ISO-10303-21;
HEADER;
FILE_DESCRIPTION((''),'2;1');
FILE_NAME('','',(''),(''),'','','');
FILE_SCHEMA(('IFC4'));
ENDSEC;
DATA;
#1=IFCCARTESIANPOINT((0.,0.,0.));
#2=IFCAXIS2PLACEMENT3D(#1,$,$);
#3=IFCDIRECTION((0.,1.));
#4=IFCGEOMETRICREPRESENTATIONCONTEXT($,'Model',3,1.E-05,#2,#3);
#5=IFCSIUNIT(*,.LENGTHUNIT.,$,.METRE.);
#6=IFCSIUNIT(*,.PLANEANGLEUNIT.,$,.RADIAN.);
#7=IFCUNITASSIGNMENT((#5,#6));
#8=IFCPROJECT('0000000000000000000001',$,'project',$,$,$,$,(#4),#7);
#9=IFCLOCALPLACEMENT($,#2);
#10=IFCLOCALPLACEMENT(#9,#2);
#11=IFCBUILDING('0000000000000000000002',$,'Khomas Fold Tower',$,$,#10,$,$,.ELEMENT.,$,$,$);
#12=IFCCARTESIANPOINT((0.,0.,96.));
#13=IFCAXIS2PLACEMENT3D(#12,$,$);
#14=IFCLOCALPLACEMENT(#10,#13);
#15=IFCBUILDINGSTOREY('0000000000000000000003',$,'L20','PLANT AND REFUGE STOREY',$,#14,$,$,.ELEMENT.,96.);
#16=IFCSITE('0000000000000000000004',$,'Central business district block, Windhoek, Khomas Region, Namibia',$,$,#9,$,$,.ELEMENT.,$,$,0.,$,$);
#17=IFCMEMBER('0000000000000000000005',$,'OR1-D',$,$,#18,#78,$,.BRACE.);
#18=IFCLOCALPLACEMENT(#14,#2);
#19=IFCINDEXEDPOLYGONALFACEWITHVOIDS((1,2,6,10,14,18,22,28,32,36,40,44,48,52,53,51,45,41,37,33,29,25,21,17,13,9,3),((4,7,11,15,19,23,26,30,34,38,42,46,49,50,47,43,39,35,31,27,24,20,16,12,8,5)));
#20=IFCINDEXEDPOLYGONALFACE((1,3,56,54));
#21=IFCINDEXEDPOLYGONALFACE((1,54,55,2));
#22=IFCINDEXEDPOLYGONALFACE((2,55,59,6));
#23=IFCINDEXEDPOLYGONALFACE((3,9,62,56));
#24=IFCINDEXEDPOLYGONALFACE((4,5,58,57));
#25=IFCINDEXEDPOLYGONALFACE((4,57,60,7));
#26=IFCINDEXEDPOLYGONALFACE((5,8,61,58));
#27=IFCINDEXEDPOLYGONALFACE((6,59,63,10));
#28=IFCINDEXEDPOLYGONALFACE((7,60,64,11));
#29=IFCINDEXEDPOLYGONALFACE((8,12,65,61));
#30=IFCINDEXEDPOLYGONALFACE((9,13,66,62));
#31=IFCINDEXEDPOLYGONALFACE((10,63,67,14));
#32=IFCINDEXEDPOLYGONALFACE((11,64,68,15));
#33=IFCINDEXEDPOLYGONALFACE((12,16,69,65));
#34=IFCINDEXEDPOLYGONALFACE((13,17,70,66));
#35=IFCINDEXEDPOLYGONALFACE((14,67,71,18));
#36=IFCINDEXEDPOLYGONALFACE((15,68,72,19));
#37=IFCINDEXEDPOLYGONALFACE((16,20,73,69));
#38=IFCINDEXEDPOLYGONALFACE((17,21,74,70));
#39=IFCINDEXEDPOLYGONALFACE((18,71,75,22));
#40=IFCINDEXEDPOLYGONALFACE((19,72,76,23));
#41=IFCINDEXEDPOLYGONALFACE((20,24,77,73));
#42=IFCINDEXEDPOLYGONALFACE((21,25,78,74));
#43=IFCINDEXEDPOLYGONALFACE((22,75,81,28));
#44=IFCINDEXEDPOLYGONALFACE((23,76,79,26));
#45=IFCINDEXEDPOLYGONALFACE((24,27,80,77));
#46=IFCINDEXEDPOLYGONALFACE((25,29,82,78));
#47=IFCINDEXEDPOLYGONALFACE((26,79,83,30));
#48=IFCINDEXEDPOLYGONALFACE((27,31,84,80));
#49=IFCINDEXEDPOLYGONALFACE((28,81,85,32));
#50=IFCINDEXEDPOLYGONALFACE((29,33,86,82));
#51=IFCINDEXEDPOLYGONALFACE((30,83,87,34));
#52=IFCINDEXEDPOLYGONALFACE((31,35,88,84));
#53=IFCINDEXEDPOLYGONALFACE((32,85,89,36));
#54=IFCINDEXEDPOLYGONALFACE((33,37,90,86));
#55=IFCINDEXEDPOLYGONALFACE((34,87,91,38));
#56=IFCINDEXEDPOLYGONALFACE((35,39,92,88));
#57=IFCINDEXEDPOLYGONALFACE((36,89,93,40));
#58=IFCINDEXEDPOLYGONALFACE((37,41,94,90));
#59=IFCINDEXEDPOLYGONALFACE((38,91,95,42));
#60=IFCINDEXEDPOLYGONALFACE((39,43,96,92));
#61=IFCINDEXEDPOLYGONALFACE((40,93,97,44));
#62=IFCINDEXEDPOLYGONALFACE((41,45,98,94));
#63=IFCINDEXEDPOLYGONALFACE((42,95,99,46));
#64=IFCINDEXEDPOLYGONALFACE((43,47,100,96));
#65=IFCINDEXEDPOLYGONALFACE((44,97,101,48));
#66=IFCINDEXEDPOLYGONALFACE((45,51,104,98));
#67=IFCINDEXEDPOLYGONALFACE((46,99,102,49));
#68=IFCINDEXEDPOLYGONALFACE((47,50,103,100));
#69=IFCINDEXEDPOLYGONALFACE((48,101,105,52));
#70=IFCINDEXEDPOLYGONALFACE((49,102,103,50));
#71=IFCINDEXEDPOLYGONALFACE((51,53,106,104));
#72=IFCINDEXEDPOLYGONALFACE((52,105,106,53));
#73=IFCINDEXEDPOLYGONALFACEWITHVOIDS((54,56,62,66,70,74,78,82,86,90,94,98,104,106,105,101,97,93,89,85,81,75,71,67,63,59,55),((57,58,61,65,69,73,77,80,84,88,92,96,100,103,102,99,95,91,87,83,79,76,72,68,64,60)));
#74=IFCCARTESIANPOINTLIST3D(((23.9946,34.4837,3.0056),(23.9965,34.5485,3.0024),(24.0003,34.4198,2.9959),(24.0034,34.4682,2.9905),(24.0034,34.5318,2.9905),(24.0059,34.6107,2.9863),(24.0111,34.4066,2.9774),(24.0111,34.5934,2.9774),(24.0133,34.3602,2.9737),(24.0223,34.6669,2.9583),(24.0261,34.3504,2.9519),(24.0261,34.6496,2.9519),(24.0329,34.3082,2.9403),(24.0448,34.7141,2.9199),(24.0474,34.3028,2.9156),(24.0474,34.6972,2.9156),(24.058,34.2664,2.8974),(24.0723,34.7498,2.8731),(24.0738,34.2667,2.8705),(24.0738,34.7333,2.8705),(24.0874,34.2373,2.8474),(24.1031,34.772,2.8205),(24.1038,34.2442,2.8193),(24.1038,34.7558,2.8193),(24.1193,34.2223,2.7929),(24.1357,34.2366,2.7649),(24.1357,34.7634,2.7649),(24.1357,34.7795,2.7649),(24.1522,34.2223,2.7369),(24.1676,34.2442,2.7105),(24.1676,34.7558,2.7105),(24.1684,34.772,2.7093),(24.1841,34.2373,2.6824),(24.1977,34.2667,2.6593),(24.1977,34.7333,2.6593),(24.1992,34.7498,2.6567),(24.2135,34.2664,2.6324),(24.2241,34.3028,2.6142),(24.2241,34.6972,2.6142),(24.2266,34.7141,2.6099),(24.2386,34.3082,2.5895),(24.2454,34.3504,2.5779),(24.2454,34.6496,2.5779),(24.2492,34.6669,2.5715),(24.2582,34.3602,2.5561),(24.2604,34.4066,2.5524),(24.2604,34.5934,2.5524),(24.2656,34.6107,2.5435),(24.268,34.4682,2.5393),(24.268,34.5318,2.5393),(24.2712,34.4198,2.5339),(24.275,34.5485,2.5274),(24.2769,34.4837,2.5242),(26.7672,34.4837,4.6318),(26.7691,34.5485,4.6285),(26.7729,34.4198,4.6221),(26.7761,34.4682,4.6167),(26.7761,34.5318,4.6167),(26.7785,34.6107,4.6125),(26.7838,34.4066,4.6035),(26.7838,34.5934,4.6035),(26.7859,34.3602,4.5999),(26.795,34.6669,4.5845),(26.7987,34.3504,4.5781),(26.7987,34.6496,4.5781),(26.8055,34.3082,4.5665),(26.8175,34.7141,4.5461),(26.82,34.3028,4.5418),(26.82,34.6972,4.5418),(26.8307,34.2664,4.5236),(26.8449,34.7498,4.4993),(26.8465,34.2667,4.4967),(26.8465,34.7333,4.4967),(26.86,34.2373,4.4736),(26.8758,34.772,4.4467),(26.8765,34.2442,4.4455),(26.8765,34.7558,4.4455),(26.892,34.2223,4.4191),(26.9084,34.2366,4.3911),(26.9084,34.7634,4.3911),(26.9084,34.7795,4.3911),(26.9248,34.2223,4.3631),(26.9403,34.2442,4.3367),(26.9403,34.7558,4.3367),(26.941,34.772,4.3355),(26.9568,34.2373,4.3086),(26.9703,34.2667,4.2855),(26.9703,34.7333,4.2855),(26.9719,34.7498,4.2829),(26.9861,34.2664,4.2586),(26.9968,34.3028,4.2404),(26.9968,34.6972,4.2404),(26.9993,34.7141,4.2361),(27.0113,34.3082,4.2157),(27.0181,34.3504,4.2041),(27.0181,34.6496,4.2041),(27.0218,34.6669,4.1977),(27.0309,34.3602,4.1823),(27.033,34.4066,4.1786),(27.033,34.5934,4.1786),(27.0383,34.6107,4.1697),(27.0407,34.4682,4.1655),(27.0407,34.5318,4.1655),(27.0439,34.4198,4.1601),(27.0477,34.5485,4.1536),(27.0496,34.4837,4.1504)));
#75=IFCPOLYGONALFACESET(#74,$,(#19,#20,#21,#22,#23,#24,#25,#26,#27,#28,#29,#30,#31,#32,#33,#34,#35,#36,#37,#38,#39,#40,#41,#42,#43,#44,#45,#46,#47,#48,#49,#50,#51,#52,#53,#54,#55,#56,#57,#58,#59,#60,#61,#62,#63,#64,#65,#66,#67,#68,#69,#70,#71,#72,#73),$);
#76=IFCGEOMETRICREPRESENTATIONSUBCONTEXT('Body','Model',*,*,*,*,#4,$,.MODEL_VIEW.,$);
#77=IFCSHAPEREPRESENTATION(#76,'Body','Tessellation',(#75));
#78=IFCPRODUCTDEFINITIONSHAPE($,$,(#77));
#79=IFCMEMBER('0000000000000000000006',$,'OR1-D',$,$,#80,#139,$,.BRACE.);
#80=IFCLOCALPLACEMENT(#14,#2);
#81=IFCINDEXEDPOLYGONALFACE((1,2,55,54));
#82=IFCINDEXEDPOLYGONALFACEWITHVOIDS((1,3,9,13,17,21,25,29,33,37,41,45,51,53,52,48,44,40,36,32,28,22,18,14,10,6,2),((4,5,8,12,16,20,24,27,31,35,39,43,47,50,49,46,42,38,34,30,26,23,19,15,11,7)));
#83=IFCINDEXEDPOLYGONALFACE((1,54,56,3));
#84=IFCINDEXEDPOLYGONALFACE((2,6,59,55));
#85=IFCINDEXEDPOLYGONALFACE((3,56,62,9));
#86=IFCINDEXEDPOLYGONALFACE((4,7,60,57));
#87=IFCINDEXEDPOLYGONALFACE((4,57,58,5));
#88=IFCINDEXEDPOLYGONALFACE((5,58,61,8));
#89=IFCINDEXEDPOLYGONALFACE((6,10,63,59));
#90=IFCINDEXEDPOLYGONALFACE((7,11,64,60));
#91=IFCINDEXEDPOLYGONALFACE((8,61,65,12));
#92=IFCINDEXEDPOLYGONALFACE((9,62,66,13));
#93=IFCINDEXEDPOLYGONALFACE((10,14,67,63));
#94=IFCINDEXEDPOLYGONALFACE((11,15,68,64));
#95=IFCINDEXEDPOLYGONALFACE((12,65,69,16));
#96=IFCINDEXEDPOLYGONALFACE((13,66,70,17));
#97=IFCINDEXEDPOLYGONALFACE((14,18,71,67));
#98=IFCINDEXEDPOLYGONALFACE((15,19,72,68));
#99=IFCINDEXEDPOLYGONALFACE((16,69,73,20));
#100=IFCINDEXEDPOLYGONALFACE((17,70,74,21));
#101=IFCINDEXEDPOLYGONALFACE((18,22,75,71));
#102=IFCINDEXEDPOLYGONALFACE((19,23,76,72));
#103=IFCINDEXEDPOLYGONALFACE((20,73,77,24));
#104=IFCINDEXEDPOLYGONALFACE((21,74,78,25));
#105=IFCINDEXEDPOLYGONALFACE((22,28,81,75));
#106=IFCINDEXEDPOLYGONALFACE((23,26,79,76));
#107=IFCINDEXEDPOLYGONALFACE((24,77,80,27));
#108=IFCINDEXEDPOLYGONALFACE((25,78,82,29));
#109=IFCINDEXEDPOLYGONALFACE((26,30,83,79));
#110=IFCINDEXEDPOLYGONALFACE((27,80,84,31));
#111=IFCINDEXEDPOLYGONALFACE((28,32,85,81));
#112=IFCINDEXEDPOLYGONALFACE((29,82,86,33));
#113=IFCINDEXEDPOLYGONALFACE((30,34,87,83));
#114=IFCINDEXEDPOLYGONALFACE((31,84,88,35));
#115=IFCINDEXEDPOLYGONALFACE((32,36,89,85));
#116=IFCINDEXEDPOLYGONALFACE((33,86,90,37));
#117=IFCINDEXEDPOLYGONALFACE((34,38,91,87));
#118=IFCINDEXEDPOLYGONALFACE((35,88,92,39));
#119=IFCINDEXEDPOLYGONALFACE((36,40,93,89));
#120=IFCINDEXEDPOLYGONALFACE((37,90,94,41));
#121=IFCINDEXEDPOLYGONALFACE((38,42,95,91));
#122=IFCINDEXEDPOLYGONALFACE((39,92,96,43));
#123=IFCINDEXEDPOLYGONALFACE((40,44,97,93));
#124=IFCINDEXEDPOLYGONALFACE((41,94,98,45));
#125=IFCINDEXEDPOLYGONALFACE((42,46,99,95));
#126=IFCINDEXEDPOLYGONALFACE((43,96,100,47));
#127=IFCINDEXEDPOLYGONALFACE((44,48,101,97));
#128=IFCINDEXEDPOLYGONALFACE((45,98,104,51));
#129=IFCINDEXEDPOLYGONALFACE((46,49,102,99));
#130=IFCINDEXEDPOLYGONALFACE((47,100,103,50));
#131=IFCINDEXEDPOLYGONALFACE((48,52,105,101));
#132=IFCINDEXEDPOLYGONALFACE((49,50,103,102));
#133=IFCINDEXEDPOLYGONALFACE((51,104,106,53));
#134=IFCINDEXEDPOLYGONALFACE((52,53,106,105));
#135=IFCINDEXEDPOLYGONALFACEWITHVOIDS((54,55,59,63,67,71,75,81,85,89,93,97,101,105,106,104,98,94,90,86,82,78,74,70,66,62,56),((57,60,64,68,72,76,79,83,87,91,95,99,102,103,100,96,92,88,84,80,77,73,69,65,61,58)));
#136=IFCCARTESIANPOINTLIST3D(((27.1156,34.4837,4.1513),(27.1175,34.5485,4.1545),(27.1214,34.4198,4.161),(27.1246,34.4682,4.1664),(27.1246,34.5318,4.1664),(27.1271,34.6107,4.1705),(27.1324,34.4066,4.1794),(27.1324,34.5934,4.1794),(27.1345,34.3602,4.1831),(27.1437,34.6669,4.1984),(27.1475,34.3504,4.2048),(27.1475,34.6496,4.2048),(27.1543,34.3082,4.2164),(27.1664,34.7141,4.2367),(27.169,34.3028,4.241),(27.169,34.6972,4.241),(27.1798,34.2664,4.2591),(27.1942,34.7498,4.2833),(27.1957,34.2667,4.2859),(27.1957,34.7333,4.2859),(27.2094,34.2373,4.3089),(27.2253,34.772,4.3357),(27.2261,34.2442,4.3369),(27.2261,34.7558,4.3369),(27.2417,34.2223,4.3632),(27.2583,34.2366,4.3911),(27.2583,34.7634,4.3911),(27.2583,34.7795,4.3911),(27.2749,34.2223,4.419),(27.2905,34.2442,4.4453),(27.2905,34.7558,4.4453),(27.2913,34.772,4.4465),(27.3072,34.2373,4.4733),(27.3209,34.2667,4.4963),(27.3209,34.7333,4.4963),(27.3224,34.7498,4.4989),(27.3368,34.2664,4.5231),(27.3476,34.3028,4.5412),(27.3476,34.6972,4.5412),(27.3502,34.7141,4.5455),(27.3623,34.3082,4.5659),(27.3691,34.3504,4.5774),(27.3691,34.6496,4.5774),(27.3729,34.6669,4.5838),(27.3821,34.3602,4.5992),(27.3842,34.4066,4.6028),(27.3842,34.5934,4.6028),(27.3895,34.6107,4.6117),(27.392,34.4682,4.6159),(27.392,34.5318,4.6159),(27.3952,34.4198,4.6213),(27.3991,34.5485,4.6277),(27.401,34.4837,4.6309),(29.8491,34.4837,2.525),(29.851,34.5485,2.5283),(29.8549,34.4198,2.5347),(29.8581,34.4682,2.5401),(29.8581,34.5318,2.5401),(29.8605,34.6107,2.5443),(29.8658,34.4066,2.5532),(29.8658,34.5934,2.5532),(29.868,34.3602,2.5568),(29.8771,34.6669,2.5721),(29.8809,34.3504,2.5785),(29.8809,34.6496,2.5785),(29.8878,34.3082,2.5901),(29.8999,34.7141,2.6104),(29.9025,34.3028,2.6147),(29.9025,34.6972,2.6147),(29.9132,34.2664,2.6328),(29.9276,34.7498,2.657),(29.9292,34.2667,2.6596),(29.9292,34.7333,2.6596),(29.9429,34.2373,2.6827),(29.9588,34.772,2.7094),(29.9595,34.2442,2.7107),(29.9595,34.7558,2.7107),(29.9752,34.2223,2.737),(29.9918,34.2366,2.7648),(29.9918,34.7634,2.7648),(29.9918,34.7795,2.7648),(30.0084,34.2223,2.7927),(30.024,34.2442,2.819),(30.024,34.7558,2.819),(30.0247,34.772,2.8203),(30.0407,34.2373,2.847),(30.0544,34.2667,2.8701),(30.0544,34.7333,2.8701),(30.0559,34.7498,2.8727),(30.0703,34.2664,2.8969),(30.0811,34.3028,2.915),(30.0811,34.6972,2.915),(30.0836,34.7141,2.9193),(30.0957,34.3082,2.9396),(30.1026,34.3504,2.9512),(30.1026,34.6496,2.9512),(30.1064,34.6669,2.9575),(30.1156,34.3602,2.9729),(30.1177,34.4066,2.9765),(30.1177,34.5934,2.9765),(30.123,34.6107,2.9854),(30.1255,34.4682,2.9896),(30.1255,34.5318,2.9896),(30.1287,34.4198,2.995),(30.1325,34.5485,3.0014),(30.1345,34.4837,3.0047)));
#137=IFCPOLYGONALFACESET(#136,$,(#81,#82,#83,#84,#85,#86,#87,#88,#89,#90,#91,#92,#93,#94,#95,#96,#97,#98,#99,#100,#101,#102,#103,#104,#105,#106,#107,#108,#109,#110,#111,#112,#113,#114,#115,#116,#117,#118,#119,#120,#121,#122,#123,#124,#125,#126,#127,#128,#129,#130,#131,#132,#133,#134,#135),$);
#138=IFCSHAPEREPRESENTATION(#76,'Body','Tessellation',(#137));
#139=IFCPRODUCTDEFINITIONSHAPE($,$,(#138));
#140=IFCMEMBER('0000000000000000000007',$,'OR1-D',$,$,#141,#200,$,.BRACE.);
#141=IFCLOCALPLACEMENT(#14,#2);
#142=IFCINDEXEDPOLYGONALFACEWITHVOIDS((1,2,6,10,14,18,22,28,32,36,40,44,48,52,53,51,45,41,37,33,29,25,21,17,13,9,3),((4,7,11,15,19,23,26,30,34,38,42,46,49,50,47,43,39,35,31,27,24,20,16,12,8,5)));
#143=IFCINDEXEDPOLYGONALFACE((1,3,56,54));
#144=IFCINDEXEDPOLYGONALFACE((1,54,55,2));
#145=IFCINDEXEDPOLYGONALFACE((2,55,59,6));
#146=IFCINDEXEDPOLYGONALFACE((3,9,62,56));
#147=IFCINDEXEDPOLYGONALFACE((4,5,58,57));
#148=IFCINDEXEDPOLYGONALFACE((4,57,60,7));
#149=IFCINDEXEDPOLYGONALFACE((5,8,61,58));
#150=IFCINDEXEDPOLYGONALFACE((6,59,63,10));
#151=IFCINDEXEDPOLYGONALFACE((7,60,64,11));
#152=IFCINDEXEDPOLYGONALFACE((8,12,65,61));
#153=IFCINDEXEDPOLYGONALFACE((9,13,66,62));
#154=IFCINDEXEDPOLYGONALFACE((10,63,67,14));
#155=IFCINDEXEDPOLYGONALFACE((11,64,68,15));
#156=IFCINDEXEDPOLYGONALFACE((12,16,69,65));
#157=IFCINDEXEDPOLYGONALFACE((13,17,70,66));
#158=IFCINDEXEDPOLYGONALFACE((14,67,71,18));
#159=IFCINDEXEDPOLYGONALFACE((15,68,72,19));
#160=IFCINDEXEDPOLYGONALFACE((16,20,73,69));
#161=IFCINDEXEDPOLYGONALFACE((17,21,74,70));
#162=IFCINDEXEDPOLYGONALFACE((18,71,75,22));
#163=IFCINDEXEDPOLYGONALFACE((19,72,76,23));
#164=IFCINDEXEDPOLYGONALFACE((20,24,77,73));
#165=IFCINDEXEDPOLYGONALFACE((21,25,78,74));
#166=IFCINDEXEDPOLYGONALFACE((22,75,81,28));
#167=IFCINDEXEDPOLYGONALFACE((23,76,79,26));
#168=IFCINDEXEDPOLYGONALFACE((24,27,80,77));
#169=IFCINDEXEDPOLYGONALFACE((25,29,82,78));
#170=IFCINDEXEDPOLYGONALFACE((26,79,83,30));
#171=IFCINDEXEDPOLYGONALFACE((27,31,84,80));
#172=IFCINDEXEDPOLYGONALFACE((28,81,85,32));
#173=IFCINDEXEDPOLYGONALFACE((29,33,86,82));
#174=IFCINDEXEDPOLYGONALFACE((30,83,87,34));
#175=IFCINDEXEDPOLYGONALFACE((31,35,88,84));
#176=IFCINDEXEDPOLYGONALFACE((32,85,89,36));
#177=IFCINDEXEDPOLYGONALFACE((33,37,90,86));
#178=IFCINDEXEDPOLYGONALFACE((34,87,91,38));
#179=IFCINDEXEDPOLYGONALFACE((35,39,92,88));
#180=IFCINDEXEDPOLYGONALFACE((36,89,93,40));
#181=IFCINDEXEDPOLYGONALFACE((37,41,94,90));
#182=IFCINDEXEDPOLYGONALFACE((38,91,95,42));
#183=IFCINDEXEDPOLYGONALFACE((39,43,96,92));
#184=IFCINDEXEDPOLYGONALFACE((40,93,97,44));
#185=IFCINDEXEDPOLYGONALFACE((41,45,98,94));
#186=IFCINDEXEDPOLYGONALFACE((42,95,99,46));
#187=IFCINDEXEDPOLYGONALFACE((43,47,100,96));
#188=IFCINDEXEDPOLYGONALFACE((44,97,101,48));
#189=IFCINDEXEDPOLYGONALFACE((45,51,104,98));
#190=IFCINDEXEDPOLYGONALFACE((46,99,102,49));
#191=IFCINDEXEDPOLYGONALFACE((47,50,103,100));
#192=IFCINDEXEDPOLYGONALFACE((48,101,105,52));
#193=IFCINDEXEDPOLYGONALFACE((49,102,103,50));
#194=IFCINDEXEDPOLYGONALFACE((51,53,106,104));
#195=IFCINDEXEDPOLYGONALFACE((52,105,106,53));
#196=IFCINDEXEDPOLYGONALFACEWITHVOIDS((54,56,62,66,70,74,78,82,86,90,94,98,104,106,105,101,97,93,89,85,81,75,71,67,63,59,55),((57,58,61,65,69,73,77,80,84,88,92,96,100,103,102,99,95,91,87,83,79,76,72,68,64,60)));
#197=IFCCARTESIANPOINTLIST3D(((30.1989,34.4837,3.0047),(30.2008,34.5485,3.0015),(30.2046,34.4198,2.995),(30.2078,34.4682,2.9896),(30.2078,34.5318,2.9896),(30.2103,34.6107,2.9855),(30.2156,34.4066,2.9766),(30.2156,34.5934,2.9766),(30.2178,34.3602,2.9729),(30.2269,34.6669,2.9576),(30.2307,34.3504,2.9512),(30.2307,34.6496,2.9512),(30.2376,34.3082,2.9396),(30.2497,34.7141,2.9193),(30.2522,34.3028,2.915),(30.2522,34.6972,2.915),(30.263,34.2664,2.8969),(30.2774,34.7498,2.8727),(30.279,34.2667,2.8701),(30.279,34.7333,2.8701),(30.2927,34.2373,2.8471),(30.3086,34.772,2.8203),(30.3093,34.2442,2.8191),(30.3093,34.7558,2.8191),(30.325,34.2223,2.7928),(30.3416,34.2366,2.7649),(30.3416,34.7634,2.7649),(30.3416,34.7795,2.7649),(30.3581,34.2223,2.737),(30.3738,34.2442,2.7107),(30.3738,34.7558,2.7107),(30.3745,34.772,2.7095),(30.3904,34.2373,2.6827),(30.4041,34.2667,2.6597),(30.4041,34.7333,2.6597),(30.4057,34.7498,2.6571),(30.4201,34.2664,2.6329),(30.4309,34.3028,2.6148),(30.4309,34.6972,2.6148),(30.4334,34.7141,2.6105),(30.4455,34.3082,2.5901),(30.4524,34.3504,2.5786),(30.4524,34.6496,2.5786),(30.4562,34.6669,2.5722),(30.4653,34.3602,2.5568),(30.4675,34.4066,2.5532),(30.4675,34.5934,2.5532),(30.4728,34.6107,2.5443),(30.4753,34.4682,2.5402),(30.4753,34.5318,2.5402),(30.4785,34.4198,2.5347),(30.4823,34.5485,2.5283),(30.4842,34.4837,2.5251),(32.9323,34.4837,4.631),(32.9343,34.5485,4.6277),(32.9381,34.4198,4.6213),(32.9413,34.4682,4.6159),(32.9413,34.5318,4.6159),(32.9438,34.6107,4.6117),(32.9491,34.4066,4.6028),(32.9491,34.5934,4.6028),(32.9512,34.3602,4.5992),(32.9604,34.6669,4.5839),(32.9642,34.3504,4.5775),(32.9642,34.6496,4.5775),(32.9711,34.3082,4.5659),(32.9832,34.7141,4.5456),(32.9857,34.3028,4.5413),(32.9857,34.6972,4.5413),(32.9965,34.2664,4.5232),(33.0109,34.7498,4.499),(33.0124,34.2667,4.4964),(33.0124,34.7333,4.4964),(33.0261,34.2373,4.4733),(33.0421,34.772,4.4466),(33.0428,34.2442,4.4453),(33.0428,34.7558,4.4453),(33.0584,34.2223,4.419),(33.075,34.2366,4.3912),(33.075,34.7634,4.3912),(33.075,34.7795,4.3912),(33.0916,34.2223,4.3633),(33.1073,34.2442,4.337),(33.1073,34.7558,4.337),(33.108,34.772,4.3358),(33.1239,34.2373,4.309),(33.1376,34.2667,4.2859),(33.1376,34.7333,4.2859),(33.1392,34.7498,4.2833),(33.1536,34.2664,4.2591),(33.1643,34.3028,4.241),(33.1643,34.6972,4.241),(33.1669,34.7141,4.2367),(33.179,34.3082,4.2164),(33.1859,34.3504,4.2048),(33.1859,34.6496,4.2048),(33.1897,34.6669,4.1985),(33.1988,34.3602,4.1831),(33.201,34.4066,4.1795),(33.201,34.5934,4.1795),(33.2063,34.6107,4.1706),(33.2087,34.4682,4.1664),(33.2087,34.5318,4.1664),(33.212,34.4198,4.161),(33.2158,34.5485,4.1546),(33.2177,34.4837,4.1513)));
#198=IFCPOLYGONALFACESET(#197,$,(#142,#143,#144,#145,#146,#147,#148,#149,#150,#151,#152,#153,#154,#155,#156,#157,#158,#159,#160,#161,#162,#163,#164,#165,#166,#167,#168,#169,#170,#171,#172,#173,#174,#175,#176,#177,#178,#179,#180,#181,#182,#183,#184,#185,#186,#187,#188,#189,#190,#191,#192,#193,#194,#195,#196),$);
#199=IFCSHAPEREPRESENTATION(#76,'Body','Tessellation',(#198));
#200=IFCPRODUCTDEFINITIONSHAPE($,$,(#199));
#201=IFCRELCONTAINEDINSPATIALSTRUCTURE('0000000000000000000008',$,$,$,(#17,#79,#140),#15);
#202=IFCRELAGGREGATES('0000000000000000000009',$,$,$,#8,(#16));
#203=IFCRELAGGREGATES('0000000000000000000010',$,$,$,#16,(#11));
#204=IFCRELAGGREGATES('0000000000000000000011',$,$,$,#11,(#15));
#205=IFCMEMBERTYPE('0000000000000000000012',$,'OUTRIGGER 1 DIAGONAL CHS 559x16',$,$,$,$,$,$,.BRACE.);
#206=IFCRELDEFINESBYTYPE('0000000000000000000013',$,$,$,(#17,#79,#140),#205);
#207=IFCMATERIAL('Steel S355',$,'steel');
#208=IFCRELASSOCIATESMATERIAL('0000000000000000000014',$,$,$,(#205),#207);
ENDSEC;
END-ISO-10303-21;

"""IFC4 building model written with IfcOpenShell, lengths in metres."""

from ifc_helpers import new_model, si_unit, direction, frame, origin, origin_2d, place, context, subcontext, project, spatial, hollow_circle, extrude, source, transform, mapped, material, material_profile, profile_set, type_object, element, save


model = new_model("IFC4")

# Units and contexts
model_context = context("Model", 3, precision=1e-05, world=origin(), true_north=direction((0.0, 1.0)))
body_context = subcontext(model_context, "Body", "Model", "MODEL_VIEW")
ifc_project = project(units=[si_unit("LENGTHUNIT", "METRE"), si_unit("PLANEANGLEUNIT", "RADIAN")], contexts=[model_context])

# Site, building, storey
site_placement = place(None, origin())
site = spatial("IfcSite", under=ifc_project, at=site_placement, Name="Central business district block, Windhoek, Khomas Region, Namibia", CompositionType="ELEMENT", RefElevation=0.0)
building_placement = place(site_placement, origin())
building = spatial("IfcBuilding", under=site, at=building_placement, Name="Khomas Fold Tower", CompositionType="ELEMENT")
storey_placement = place(building_placement, frame((0.0, 0.0, 96.0)))
storey = spatial("IfcBuildingStorey", under=building, at=storey_placement, Name="L20", Description="PLANT AND REFUGE STOREY", CompositionType="ELEMENT", Elevation=96.0)

# Members
ifc_material_1 = material(Name="Steel S355", Category="steel")
ifc_material_profile_1 = material_profile(ifc_material_1, hollow_circle(Radius=0.2795, WallThickness=0.0161, at=origin_2d()), Name="CHS 559x16")
ifc_profile_set_1 = profile_set([ifc_material_profile_1], Name="Steel S355")
member_type_1 = type_object("IfcMemberType", Name="OUTRIGGER 1 DIAGONAL CHS 559x16", PredefinedType="BRACE", material=ifc_profile_set_1)
shared_shape_1 = source(origin(), body_context, "Body", "SweptSolid", [
    extrude(hollow_circle(Radius=0.2795, WallThickness=0.0161, at=origin_2d()), origin(), (0.0, 0.0, 1.0), 3.2144),
])
member_1_placement = place(storey_placement, frame((24.1357, 34.5, 2.7649), z_axis=(0.862584, 0.0, 0.505914), x_axis=(0.0, 1.0, 0.0)))
element("IfcMember", 1, at=member_1_placement, inside=storey, type_object=member_type_1, Name="OR1-D", PredefinedType="BRACE", context=body_context, shape_type="MappedRepresentation", body=[
    mapped(shared_shape_1, transform((0.0, 0.0, 0.0))),
])
shared_shape_2 = source(origin(), body_context, "Body", "SweptSolid", [
    extrude(hollow_circle(Radius=0.2795, WallThickness=0.0161, at=origin_2d()), origin(), (0.0, 0.0, 1.0), 3.1807),
])
for number, where, z_axis, x_axis, name in (
    (2, (27.2583, 34.5, 4.3911), (0.859404, 0.0, -0.511298), (0.0, 1.0, 0.0), "OR1-D"),
    (3, (30.3416, 34.5, 2.7649), (0.859404, 0.0, 0.511298), (0.0, 1.0, 0.0), "OR1-D"),
):
    element("IfcMember", number, at=place(storey_placement, frame(where, z_axis=z_axis, x_axis=x_axis)), inside=storey, type_object=member_type_1, Name=name, PredefinedType="BRACE", context=body_context, shape_type="MappedRepresentation", body=[
        mapped(shared_shape_2, transform((0.0, 0.0, 0.0))),
    ])

save(model, "model.ifc")
